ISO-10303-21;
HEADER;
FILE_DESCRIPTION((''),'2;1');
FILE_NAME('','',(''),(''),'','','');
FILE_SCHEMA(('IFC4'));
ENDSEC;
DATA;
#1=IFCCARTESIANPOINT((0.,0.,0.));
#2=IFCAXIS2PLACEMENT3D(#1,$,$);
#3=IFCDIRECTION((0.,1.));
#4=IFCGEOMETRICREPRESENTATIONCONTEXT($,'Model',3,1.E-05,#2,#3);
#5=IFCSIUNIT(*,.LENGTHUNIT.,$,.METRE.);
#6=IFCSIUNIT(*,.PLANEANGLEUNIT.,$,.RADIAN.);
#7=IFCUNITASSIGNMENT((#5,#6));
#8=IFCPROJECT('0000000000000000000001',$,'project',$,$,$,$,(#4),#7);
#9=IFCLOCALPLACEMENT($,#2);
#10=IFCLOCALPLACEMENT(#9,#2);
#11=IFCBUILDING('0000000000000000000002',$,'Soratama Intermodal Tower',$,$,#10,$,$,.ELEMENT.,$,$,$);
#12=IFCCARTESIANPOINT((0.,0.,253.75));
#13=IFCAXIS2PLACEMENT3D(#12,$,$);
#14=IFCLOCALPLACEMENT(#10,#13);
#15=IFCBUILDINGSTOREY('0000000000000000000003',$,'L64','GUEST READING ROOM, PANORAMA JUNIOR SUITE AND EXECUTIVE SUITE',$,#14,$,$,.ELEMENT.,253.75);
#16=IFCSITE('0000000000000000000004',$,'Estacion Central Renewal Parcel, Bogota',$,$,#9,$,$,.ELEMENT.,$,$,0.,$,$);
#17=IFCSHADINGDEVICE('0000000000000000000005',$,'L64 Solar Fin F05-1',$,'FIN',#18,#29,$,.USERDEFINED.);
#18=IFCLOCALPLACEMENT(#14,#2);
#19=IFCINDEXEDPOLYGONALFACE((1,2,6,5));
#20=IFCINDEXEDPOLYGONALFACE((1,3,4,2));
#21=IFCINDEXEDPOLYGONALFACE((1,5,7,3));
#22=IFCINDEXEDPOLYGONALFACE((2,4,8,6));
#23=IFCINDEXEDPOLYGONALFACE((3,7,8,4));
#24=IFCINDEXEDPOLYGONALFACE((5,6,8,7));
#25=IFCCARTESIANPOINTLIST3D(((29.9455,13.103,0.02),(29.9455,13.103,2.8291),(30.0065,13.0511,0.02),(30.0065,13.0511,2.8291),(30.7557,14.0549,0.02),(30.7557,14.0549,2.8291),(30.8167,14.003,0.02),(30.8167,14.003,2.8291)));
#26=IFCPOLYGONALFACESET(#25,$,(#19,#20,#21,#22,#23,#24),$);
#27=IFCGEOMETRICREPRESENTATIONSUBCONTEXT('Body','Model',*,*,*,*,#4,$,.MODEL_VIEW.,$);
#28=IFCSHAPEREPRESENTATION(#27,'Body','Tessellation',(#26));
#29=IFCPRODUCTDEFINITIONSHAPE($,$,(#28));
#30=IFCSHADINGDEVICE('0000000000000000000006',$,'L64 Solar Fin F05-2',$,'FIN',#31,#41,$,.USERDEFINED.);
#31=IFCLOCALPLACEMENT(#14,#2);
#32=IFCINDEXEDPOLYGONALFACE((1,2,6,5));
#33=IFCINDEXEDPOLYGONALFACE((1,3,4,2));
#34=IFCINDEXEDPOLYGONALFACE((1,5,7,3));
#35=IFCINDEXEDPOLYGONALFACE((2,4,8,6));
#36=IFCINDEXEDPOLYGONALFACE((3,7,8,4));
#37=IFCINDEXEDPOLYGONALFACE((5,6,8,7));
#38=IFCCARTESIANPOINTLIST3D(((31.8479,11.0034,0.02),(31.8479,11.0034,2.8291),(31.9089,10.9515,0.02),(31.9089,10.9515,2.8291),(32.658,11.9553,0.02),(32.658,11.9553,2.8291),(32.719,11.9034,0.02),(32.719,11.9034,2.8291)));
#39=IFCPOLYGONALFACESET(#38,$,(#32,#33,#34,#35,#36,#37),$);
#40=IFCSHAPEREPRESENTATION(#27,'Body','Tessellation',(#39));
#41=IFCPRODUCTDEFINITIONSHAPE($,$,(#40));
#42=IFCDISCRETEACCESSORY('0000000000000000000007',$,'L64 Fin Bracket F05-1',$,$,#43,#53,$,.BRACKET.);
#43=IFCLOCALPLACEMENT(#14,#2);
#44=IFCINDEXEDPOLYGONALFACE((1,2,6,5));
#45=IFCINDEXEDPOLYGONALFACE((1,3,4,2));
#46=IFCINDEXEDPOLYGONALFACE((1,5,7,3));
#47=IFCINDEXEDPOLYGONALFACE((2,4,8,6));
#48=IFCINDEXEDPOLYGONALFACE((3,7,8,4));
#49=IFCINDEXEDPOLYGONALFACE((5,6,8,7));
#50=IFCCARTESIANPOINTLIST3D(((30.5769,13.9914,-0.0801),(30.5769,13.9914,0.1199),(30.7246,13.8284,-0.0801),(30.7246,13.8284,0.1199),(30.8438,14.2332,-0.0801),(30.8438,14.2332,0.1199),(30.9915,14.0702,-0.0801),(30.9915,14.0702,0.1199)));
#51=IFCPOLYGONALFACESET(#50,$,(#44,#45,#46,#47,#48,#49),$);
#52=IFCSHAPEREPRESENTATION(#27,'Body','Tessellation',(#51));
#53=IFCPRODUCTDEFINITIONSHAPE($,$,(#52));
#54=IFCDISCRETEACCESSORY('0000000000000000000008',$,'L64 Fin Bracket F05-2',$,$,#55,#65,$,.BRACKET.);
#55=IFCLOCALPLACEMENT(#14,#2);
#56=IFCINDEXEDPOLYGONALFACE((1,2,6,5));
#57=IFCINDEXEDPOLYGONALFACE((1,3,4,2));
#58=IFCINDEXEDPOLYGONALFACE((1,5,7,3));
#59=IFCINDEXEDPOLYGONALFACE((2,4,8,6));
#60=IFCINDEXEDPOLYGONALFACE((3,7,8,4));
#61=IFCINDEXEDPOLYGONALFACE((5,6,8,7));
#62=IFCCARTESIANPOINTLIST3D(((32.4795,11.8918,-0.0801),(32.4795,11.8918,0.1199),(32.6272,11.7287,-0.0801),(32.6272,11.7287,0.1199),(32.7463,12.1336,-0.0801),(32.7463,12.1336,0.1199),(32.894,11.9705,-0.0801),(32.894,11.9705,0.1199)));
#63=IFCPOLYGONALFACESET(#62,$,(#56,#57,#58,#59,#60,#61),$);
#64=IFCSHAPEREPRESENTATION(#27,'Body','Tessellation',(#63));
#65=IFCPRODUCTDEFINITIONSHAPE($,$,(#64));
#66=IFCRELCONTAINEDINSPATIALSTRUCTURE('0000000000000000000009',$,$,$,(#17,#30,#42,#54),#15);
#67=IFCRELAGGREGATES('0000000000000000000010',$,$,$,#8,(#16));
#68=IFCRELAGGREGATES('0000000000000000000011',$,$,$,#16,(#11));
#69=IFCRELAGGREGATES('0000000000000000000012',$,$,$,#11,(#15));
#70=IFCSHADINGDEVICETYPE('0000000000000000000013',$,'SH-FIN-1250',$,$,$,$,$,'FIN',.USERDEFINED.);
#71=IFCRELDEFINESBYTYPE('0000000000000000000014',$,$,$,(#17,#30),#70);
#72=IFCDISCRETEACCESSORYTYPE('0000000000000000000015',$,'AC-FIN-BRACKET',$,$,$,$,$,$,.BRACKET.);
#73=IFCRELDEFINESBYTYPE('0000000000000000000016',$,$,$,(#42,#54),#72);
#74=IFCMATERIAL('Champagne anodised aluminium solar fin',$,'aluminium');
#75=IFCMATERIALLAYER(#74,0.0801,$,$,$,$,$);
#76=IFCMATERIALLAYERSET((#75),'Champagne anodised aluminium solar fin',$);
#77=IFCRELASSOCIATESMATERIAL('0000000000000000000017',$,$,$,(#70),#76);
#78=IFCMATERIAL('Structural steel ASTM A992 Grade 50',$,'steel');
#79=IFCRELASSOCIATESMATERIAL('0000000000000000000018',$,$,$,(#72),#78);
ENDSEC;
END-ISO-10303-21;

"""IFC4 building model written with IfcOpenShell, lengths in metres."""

from ifc_helpers import new_model, si_unit, direction, frame, origin, origin_2d, place, context, subcontext, project, spatial, rectangle, extrude, material, layer, layer_set, type_object, element, save


model = new_model("IFC4")

# Units and contexts
model_context = context("Model", 3, precision=1e-05, world=origin(), true_north=direction((0.0, 1.0)))
body_context = subcontext(model_context, "Body", "Model", "MODEL_VIEW")
ifc_project = project(units=[si_unit("LENGTHUNIT", "METRE"), si_unit("PLANEANGLEUNIT", "RADIAN")], contexts=[model_context])

# Site, building, storey
site_placement = place(None, origin())
site = spatial("IfcSite", under=ifc_project, at=site_placement, Name="Estacion Central Renewal Parcel, Bogota", CompositionType="ELEMENT", RefElevation=0.0)
building_placement = place(site_placement, origin())
building = spatial("IfcBuilding", under=site, at=building_placement, Name="Soratama Intermodal Tower", CompositionType="ELEMENT")
storey_placement = place(building_placement, frame((0.0, 0.0, 253.75)))
storey = spatial("IfcBuildingStorey", under=building, at=storey_placement, Name="L64", Description="GUEST READING ROOM, PANORAMA JUNIOR SUITE AND EXECUTIVE SUITE", CompositionType="ELEMENT", Elevation=253.75)

# Shading devices
ifc_material_1 = material(Name="Champagne anodised aluminium solar fin", Category="aluminium")
ifc_layer_1 = layer(ifc_material_1, 0.0801)
ifc_layer_set_1 = layer_set([ifc_layer_1], Name="Champagne anodised aluminium solar fin")
shading_device_type = type_object("IfcShadingDeviceType", Name="SH-FIN-1250", ElementType="FIN", PredefinedType="USERDEFINED", material=ifc_layer_set_1)
for number, where, z_axis, x_axis, name in (
    (1, (30.3811, 13.553, 0.02), (0.0, 0.0, 1.0), (-0.64812, -0.761538, 0.0), "L64 Solar Fin F05-1"),
    (2, (32.2834, 11.4534, 0.02), (0.0, 0.0, 1.0), (-0.64812, -0.761538, 0.0), "L64 Solar Fin F05-2"),
):
    element("IfcShadingDevice", number, at=place(storey_placement, frame(where, z_axis=z_axis, x_axis=x_axis)), inside=storey, type_object=shading_device_type, Name=name, ObjectType="FIN", PredefinedType="USERDEFINED", context=body_context, shape_type="SweptSolid", body=[
        extrude(rectangle(XDim=1.25, YDim=0.0801, at=origin_2d()), origin(), (0.0, 0.0, 1.0), 2.8091),
    ])

# Discrete accessories
ifc_material_2 = material(Name="Structural steel ASTM A992 Grade 50", Category="steel")
discrete_accessory_type = type_object("IfcDiscreteAccessoryType", Name="AC-FIN-BRACKET", PredefinedType="BRACKET", material=ifc_material_2)
for number, where, z_axis, x_axis, name in (
    (3, (30.7842, 14.0308, -0.0801), (0.0, 0.0, 1.0), (-0.741039, -0.671462, 0.0), "L64 Fin Bracket F05-1"),
    (4, (32.6868, 11.9312, -0.0801), (0.0, 0.0, 1.0), (-0.741039, -0.671462, 0.0), "L64 Fin Bracket F05-2"),
):
    element("IfcDiscreteAccessory", number, at=place(storey_placement, frame(where, z_axis=z_axis, x_axis=x_axis)), inside=storey, type_object=discrete_accessory_type, Name=name, PredefinedType="BRACKET", context=body_context, shape_type="SweptSolid", body=[
        extrude(rectangle(XDim=0.3601, YDim=0.22, at=origin_2d()), origin(), (0.0, 0.0, 1.0), 0.2),
    ])

save(model, "model.ifc")
